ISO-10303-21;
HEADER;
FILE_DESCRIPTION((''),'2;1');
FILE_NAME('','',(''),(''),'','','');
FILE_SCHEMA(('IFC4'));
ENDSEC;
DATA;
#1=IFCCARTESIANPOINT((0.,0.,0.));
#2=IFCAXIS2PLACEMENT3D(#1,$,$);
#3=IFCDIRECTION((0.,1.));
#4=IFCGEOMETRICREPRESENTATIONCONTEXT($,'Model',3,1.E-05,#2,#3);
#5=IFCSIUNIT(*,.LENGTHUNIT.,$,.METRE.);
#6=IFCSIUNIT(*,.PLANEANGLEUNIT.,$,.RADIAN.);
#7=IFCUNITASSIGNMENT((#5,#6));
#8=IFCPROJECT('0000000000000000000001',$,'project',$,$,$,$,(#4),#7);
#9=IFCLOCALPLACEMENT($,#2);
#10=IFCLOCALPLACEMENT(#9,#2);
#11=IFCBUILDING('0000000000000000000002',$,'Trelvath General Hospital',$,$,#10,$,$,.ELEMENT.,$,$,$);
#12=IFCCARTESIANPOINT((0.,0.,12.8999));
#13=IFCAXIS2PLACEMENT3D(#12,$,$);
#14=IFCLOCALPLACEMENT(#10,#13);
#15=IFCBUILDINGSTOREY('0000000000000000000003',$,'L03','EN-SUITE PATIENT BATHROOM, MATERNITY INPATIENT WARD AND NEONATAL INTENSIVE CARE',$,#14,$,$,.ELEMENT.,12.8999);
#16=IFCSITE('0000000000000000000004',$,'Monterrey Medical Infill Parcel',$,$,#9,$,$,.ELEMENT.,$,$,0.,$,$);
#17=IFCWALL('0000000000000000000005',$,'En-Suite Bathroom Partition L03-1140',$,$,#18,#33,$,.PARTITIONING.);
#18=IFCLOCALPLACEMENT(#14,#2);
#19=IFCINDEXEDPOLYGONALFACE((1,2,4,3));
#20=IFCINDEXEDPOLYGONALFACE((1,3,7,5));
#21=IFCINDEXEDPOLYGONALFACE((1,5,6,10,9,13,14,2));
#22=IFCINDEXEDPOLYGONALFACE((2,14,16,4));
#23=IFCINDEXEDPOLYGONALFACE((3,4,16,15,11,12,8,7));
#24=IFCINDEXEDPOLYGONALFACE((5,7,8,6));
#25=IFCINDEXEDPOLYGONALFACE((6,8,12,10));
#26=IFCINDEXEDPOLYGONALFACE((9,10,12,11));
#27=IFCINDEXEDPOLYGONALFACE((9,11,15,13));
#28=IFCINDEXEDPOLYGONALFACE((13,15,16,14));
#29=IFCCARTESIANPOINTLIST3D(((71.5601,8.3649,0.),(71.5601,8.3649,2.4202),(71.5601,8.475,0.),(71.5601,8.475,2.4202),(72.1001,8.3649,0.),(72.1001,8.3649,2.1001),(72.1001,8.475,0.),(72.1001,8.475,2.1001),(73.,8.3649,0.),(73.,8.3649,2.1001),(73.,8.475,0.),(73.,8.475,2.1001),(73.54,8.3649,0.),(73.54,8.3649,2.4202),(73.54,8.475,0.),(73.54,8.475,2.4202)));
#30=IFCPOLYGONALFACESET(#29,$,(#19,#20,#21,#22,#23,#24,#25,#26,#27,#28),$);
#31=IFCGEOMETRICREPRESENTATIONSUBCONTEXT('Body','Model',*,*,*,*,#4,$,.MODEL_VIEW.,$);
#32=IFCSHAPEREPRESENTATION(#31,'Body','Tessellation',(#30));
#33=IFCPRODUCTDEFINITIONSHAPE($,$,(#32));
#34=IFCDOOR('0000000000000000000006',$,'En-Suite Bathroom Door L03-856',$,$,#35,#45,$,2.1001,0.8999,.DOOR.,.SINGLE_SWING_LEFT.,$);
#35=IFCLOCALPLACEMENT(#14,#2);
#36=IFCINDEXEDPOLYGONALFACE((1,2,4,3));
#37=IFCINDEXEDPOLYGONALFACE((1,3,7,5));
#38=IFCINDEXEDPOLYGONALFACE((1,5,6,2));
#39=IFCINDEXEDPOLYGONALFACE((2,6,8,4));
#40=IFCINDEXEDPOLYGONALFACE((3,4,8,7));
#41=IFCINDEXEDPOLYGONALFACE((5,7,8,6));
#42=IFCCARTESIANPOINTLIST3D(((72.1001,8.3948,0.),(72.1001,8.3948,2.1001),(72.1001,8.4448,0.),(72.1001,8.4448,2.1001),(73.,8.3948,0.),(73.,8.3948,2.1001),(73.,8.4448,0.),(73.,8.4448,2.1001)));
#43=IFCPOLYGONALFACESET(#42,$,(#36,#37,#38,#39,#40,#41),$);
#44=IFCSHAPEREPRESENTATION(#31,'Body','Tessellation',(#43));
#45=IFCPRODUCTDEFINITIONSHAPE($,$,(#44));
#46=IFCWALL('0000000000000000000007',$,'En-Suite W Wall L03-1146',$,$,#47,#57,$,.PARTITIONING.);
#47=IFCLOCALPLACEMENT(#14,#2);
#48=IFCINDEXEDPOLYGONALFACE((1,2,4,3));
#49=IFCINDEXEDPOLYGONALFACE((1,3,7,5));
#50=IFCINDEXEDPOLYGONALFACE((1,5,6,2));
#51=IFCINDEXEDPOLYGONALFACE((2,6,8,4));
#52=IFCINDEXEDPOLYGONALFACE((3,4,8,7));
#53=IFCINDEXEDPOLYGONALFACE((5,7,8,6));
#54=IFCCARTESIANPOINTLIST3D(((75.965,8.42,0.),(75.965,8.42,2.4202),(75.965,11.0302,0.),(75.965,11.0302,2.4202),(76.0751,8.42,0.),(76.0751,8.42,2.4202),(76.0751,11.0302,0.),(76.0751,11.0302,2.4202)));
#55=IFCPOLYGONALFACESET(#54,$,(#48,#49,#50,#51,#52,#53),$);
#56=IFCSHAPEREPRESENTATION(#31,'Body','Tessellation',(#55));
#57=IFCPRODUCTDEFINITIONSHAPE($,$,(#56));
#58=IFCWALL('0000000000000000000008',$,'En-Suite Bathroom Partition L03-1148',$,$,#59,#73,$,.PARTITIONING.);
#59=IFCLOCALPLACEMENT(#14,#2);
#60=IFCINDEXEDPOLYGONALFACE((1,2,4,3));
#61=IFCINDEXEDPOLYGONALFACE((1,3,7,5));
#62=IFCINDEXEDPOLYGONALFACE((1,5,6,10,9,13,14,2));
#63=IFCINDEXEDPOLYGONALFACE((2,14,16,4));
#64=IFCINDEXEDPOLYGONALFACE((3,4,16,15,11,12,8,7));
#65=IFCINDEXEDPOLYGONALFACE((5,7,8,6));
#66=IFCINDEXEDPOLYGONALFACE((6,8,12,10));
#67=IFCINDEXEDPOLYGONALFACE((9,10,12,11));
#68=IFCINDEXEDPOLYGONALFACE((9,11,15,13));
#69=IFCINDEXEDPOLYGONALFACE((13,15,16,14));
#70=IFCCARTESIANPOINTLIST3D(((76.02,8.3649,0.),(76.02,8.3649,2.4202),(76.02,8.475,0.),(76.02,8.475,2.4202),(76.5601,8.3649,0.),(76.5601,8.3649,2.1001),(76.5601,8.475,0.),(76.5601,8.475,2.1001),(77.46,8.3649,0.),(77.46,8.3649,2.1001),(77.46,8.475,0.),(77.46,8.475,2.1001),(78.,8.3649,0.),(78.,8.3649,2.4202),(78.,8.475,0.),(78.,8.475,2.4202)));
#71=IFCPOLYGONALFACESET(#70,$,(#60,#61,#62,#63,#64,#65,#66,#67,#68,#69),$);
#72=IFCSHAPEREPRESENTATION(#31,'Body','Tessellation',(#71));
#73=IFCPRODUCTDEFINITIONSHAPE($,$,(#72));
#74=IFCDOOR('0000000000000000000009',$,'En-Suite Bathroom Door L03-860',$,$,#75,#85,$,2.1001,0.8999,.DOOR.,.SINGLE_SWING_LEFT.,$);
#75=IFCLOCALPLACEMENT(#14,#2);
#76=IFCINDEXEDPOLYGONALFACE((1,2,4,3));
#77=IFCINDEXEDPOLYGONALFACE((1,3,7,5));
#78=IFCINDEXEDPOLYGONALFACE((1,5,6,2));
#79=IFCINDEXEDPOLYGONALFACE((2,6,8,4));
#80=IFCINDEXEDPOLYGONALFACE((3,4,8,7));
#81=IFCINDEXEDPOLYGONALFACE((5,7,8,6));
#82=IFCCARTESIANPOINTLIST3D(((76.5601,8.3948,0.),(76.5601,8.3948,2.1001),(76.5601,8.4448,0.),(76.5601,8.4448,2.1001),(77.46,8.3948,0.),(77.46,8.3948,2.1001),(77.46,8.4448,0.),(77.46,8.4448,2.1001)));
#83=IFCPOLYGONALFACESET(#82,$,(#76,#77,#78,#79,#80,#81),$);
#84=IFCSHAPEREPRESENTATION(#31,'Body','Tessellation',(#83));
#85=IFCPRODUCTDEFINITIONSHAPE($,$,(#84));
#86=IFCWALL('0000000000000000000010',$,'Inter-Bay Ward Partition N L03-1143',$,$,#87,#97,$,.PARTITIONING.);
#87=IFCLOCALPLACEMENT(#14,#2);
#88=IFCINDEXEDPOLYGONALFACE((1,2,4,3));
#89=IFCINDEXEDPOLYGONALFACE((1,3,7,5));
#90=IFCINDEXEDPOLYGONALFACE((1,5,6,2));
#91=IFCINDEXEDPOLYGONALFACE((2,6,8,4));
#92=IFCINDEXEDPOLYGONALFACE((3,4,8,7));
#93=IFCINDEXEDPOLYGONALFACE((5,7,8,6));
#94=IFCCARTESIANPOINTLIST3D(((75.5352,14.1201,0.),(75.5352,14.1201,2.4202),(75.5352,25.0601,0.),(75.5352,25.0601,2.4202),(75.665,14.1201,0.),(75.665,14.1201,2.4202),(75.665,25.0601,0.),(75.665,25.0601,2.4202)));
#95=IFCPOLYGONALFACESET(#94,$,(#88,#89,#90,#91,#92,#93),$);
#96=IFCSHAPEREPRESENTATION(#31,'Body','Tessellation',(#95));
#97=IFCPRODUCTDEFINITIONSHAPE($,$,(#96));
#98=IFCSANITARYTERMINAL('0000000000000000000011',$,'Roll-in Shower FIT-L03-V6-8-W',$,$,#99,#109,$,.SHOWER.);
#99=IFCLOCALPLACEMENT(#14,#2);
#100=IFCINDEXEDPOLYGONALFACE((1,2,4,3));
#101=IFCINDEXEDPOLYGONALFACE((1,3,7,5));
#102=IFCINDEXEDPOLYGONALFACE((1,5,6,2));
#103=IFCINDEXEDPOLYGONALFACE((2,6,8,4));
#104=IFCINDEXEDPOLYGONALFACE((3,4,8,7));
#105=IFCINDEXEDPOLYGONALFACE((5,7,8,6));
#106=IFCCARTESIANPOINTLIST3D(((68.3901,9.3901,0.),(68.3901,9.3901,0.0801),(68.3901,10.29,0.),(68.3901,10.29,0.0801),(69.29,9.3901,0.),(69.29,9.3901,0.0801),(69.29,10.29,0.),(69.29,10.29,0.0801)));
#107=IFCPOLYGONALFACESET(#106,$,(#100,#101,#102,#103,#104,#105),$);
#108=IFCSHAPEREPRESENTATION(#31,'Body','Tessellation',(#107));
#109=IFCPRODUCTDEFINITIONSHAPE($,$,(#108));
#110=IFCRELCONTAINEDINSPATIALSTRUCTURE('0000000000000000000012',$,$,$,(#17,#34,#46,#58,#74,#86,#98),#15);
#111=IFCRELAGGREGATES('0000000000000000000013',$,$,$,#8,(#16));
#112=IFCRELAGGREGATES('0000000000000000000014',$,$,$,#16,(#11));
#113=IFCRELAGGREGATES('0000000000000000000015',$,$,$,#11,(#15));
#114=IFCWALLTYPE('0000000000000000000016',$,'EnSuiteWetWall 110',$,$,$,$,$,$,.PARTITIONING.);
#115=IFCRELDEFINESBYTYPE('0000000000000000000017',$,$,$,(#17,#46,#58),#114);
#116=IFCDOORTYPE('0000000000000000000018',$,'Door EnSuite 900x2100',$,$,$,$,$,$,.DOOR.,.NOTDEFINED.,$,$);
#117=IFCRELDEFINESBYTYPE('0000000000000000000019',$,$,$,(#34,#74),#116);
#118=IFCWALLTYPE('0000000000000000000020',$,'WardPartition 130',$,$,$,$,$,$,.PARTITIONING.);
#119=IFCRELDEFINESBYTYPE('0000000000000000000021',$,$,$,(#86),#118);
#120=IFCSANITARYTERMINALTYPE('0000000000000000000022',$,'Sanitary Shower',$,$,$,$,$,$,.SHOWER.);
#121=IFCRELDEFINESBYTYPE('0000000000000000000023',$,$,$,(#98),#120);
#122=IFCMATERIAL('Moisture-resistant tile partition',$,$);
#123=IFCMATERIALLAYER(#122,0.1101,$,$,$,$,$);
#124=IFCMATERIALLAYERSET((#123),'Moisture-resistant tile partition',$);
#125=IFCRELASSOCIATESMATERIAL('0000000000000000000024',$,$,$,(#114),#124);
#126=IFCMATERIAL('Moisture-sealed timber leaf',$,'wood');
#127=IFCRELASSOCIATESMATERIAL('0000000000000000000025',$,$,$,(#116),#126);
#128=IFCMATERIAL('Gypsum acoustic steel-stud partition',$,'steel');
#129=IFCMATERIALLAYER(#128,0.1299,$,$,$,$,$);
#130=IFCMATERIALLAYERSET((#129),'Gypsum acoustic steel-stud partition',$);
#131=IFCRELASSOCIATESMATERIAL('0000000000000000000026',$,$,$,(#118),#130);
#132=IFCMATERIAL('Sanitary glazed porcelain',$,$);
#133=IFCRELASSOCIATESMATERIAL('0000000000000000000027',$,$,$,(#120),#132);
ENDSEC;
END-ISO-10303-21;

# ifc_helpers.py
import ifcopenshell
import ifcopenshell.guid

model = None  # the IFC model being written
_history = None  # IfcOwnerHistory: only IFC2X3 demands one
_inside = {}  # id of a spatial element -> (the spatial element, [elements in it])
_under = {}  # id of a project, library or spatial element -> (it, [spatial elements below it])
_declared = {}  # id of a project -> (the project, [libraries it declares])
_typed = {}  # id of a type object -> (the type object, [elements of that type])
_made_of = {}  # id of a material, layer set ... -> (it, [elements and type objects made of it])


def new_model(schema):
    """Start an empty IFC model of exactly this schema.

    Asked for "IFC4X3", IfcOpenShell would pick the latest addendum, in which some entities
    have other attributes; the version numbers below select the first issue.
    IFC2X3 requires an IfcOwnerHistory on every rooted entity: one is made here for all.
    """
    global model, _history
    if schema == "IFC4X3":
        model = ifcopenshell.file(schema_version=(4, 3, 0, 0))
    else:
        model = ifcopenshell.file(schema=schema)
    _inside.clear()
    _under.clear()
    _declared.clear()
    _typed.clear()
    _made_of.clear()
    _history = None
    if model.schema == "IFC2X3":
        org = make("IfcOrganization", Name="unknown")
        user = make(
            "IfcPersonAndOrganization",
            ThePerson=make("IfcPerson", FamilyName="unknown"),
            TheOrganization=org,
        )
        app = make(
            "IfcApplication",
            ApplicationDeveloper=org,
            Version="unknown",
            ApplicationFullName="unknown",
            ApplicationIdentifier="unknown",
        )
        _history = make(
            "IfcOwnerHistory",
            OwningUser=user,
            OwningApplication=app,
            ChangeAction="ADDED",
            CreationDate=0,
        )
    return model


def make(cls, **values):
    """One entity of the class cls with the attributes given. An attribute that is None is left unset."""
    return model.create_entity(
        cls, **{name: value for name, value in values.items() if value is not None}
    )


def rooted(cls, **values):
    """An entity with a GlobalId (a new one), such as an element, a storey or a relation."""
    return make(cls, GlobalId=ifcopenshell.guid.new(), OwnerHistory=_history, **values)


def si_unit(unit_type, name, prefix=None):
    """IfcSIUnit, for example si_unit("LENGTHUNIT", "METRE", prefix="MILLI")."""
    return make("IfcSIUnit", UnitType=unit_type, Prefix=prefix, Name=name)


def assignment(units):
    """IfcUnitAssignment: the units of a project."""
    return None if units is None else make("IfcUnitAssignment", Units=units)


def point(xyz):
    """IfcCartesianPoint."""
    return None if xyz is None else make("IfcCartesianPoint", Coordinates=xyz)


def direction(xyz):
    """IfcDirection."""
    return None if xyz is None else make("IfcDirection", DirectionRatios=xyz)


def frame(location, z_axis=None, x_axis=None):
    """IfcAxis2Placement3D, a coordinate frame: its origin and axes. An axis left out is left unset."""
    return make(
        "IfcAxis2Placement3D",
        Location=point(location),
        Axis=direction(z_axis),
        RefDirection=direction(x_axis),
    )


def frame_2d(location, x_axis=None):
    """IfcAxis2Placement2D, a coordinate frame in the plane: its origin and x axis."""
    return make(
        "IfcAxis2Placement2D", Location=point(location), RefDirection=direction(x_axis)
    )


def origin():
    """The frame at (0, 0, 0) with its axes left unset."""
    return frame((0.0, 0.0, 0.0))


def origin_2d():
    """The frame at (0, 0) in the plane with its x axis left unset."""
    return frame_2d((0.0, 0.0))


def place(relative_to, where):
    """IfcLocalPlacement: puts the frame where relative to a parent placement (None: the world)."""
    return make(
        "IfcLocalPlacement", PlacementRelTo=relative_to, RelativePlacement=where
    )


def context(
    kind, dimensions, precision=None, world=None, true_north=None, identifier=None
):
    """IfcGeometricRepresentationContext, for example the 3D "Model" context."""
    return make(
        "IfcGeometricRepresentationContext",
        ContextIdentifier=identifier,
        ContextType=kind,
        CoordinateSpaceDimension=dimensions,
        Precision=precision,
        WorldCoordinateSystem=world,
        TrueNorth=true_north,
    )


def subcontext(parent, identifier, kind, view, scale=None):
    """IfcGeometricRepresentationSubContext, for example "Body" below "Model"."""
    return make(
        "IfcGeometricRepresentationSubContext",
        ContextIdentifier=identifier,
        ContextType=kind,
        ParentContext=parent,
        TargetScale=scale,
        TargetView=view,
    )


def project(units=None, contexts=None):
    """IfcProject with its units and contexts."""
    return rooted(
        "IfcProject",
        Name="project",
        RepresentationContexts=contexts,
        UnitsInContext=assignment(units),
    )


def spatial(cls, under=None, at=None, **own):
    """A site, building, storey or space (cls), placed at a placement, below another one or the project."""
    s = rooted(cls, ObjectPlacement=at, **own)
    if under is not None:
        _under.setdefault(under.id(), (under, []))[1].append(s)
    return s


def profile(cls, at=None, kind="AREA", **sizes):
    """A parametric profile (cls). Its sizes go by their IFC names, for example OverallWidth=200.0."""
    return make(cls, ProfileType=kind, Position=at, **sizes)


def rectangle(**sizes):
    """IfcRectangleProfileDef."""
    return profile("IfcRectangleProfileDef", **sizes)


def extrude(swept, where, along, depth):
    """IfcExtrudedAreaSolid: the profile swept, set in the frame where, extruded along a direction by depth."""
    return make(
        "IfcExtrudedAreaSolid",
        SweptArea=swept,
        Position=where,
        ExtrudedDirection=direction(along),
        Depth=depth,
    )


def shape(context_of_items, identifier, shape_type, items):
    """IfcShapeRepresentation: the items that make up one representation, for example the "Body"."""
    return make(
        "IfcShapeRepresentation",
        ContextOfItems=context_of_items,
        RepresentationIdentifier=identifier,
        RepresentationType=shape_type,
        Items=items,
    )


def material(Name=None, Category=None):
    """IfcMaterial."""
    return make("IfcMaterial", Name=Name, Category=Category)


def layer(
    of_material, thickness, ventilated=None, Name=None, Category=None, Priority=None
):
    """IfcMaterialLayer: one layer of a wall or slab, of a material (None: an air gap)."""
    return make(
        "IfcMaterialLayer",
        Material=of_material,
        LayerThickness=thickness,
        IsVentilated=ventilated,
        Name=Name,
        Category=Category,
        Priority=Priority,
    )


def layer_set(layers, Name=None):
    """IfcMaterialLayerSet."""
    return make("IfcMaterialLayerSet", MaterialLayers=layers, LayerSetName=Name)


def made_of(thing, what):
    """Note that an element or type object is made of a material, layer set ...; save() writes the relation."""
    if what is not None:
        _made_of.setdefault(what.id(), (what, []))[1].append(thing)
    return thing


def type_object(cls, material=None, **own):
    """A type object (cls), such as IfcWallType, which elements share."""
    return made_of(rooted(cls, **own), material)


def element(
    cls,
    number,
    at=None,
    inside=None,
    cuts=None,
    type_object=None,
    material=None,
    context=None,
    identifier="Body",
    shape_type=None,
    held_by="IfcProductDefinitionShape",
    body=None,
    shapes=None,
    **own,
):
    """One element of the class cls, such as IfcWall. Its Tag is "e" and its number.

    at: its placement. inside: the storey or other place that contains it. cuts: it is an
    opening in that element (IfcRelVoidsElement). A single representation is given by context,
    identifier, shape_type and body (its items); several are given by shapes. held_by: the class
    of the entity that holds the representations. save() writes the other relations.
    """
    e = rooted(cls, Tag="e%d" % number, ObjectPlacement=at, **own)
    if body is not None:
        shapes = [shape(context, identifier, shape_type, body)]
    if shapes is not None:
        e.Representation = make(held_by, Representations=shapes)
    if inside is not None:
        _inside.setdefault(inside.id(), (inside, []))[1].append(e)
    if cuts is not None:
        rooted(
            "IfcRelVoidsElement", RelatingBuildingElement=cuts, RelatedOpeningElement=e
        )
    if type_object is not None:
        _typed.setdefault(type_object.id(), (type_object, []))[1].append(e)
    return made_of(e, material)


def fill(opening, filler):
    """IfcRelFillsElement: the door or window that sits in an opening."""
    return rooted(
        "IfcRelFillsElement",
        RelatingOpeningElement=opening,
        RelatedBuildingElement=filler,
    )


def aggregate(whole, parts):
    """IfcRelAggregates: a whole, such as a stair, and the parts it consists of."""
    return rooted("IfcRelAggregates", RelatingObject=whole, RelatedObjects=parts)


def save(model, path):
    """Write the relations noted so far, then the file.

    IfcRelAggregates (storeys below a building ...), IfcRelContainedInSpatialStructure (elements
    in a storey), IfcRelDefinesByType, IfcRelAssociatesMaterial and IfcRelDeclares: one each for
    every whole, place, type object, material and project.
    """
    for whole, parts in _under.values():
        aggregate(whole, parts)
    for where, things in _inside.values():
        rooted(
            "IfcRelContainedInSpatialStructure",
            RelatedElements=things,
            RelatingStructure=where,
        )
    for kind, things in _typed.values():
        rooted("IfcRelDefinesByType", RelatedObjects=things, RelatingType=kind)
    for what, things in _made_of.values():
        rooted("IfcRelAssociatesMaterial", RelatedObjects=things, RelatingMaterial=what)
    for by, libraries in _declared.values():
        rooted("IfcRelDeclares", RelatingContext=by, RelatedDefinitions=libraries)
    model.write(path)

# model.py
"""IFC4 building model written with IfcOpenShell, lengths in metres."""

from ifc_helpers import new_model, si_unit, direction, frame, frame_2d, origin, origin_2d, place, context, subcontext, project, spatial, rectangle, extrude, material, layer, layer_set, type_object, element, fill, save


model = new_model("IFC4")

# Units and contexts
model_context = context("Model", 3, precision=1e-05, world=origin(), true_north=direction((0.0, 1.0)))
body_context = subcontext(model_context, "Body", "Model", "MODEL_VIEW")
ifc_project = project(units=[si_unit("LENGTHUNIT", "METRE"), si_unit("PLANEANGLEUNIT", "RADIAN")], contexts=[model_context])

# Site, building, storey
site_placement = place(None, origin())
site = spatial("IfcSite", under=ifc_project, at=site_placement, Name="Monterrey Medical Infill Parcel", CompositionType="ELEMENT", RefElevation=0.0)
building_placement = place(site_placement, origin())
building = spatial("IfcBuilding", under=site, at=building_placement, Name="Trelvath General Hospital", CompositionType="ELEMENT")
storey_placement = place(building_placement, frame((0.0, 0.0, 12.8999)))
storey = spatial("IfcBuildingStorey", under=building, at=storey_placement, Name="L03", Description="EN-SUITE PATIENT BATHROOM, MATERNITY INPATIENT WARD AND NEONATAL INTENSIVE CARE", CompositionType="ELEMENT", Elevation=12.8999)

# Shared definitions
ifc_material_1 = material(Name="Moisture-resistant tile partition")
ifc_layer_1 = layer(ifc_material_1, 0.1101)
ifc_layer_set_1 = layer_set([ifc_layer_1], Name="Moisture-resistant tile partition")
wall_type_1 = type_object("IfcWallType", Name="EnSuiteWetWall 110", PredefinedType="PARTITIONING", material=ifc_layer_set_1)

# Wall, opening, door
wall_1_placement = place(storey_placement, frame((71.5601, 8.4199, 0.0), z_axis=(0.0, 0.0, 1.0), x_axis=(1.0, 0.0, 0.0)))
wall_1 = element("IfcWall", 1, at=wall_1_placement, inside=storey, type_object=wall_type_1, Name="En-Suite Bathroom Partition L03-1140", PredefinedType="PARTITIONING", context=body_context, shape_type="SweptSolid", body=[
    extrude(rectangle(XDim=1.98, YDim=0.1101, at=frame_2d((0.99, 0.0))), origin(), (0.0, 0.0, 1.0), 2.4202),
])
opening_1_placement = place(wall_1_placement, frame((0.54, 0.0, 0.0)))
opening_1 = element("IfcOpeningElement", 2, at=opening_1_placement, cuts=wall_1, PredefinedType="OPENING", context=body_context, shape_type="SweptSolid", body=[
    extrude(rectangle(XDim=0.8999, YDim=2.1001, at=frame_2d((0.45, 1.05))), frame((0.0, 0.0649, 0.0), z_axis=(0.0, -1.0, 0.0), x_axis=(1.0, 0.0, 0.0)), (0.0, 0.0, 1.0), 0.1301),
])
ifc_material_2 = material(Name="Moisture-sealed timber leaf", Category="wood")
door_type_1 = type_object("IfcDoorType", Name="Door EnSuite 900x2100", OperationType="NOTDEFINED", PredefinedType="DOOR", material=ifc_material_2)
door_1_placement = place(opening_1_placement, origin())
door_1 = element("IfcDoor", 3, at=door_1_placement, inside=storey, type_object=door_type_1, Name="En-Suite Bathroom Door L03-856", OperationType="SINGLE_SWING_LEFT", OverallHeight=2.1001, OverallWidth=0.8999, PredefinedType="DOOR", context=body_context, shape_type="SweptSolid", body=[
    extrude(rectangle(XDim=0.8999, YDim=2.1001, at=frame_2d((0.45, 1.05))), frame((0.0, 0.0249, 0.0), z_axis=(0.0, -1.0, 0.0), x_axis=(1.0, 0.0, 0.0)), (0.0, 0.0, 1.0), 0.05),
])
fill(opening_1, door_1)

# Wall
wall_2_placement = place(storey_placement, frame((76.02, 8.4199, 0.0), z_axis=(0.0, 0.0, 1.0), x_axis=(0.0, 1.0, 0.0)))
element("IfcWall", 4, at=wall_2_placement, inside=storey, type_object=wall_type_1, Name="En-Suite W Wall L03-1146", PredefinedType="PARTITIONING", context=body_context, shape_type="SweptSolid", body=[
    extrude(rectangle(XDim=2.6101, YDim=0.1101, at=frame_2d((1.3052, 0.0))), origin(), (0.0, 0.0, 1.0), 2.4202),
])

# Wall, opening, door
wall_3_placement = place(storey_placement, frame((76.02, 8.4199, 0.0), z_axis=(0.0, 0.0, 1.0), x_axis=(1.0, 0.0, 0.0)))
wall_3 = element("IfcWall", 5, at=wall_3_placement, inside=storey, type_object=wall_type_1, Name="En-Suite Bathroom Partition L03-1148", PredefinedType="PARTITIONING", context=body_context, shape_type="SweptSolid", body=[
    extrude(rectangle(XDim=1.98, YDim=0.1101, at=frame_2d((0.99, 0.0))), origin(), (0.0, 0.0, 1.0), 2.4202),
])
opening_2_placement = place(wall_3_placement, frame((0.54, 0.0, 0.0)))
opening_2 = element("IfcOpeningElement", 6, at=opening_2_placement, cuts=wall_3, PredefinedType="OPENING", context=body_context, shape_type="SweptSolid", body=[
    extrude(rectangle(XDim=0.8999, YDim=2.1001, at=frame_2d((0.45, 1.05))), frame((0.0, 0.0649, 0.0), z_axis=(0.0, -1.0, 0.0), x_axis=(1.0, 0.0, 0.0)), (0.0, 0.0, 1.0), 0.1301),
])
door_2_placement = place(opening_2_placement, origin())
door_2 = element("IfcDoor", 7, at=door_2_placement, inside=storey, type_object=door_type_1, Name="En-Suite Bathroom Door L03-860", OperationType="SINGLE_SWING_LEFT", OverallHeight=2.1001, OverallWidth=0.8999, PredefinedType="DOOR", context=body_context, shape_type="SweptSolid", body=[
    extrude(rectangle(XDim=0.8999, YDim=2.1001, at=frame_2d((0.45, 1.05))), frame((0.0, 0.0249, 0.0), z_axis=(0.0, -1.0, 0.0), x_axis=(1.0, 0.0, 0.0)), (0.0, 0.0, 1.0), 0.05),
])
fill(opening_2, door_2)

# Wall
ifc_material_3 = material(Name="Gypsum acoustic steel-stud partition", Category="steel")
ifc_layer_2 = layer(ifc_material_3, 0.1299)
ifc_layer_set_2 = layer_set([ifc_layer_2], Name="Gypsum acoustic steel-stud partition")
wall_type_2 = type_object("IfcWallType", Name="WardPartition 130", PredefinedType="PARTITIONING", material=ifc_layer_set_2)
wall_4_placement = place(storey_placement, frame((75.6001, 14.1201, 0.0), z_axis=(0.0, 0.0, 1.0), x_axis=(0.0, 1.0, 0.0)))
element("IfcWall", 8, at=wall_4_placement, inside=storey, type_object=wall_type_2, Name="Inter-Bay Ward Partition N L03-1143", PredefinedType="PARTITIONING", context=body_context, shape_type="SweptSolid", body=[
    extrude(rectangle(XDim=10.9399, YDim=0.1299, at=frame_2d((5.47, 0.0))), origin(), (0.0, 0.0, 1.0), 2.4202),
])

# Sanitary terminal
ifc_material_4 = material(Name="Sanitary glazed porcelain")
sanitary_terminal_type = type_object("IfcSanitaryTerminalType", Name="Sanitary Shower", PredefinedType="SHOWER", material=ifc_material_4)
sanitary_terminal_placement = place(storey_placement, frame((68.8401, 9.8401, 0.0), z_axis=(0.0, 0.0, 1.0), x_axis=(1.0, 0.0, 0.0)))
element("IfcSanitaryTerminal", 9, at=sanitary_terminal_placement, inside=storey, type_object=sanitary_terminal_type, Name="Roll-in Shower FIT-L03-V6-8-W", PredefinedType="SHOWER", context=body_context, shape_type="SweptSolid", body=[
    extrude(rectangle(XDim=0.8999, YDim=0.8999, at=origin_2d()), origin(), (0.0, 0.0, 1.0), 0.0801),
])

save(model, "model.ifc")
